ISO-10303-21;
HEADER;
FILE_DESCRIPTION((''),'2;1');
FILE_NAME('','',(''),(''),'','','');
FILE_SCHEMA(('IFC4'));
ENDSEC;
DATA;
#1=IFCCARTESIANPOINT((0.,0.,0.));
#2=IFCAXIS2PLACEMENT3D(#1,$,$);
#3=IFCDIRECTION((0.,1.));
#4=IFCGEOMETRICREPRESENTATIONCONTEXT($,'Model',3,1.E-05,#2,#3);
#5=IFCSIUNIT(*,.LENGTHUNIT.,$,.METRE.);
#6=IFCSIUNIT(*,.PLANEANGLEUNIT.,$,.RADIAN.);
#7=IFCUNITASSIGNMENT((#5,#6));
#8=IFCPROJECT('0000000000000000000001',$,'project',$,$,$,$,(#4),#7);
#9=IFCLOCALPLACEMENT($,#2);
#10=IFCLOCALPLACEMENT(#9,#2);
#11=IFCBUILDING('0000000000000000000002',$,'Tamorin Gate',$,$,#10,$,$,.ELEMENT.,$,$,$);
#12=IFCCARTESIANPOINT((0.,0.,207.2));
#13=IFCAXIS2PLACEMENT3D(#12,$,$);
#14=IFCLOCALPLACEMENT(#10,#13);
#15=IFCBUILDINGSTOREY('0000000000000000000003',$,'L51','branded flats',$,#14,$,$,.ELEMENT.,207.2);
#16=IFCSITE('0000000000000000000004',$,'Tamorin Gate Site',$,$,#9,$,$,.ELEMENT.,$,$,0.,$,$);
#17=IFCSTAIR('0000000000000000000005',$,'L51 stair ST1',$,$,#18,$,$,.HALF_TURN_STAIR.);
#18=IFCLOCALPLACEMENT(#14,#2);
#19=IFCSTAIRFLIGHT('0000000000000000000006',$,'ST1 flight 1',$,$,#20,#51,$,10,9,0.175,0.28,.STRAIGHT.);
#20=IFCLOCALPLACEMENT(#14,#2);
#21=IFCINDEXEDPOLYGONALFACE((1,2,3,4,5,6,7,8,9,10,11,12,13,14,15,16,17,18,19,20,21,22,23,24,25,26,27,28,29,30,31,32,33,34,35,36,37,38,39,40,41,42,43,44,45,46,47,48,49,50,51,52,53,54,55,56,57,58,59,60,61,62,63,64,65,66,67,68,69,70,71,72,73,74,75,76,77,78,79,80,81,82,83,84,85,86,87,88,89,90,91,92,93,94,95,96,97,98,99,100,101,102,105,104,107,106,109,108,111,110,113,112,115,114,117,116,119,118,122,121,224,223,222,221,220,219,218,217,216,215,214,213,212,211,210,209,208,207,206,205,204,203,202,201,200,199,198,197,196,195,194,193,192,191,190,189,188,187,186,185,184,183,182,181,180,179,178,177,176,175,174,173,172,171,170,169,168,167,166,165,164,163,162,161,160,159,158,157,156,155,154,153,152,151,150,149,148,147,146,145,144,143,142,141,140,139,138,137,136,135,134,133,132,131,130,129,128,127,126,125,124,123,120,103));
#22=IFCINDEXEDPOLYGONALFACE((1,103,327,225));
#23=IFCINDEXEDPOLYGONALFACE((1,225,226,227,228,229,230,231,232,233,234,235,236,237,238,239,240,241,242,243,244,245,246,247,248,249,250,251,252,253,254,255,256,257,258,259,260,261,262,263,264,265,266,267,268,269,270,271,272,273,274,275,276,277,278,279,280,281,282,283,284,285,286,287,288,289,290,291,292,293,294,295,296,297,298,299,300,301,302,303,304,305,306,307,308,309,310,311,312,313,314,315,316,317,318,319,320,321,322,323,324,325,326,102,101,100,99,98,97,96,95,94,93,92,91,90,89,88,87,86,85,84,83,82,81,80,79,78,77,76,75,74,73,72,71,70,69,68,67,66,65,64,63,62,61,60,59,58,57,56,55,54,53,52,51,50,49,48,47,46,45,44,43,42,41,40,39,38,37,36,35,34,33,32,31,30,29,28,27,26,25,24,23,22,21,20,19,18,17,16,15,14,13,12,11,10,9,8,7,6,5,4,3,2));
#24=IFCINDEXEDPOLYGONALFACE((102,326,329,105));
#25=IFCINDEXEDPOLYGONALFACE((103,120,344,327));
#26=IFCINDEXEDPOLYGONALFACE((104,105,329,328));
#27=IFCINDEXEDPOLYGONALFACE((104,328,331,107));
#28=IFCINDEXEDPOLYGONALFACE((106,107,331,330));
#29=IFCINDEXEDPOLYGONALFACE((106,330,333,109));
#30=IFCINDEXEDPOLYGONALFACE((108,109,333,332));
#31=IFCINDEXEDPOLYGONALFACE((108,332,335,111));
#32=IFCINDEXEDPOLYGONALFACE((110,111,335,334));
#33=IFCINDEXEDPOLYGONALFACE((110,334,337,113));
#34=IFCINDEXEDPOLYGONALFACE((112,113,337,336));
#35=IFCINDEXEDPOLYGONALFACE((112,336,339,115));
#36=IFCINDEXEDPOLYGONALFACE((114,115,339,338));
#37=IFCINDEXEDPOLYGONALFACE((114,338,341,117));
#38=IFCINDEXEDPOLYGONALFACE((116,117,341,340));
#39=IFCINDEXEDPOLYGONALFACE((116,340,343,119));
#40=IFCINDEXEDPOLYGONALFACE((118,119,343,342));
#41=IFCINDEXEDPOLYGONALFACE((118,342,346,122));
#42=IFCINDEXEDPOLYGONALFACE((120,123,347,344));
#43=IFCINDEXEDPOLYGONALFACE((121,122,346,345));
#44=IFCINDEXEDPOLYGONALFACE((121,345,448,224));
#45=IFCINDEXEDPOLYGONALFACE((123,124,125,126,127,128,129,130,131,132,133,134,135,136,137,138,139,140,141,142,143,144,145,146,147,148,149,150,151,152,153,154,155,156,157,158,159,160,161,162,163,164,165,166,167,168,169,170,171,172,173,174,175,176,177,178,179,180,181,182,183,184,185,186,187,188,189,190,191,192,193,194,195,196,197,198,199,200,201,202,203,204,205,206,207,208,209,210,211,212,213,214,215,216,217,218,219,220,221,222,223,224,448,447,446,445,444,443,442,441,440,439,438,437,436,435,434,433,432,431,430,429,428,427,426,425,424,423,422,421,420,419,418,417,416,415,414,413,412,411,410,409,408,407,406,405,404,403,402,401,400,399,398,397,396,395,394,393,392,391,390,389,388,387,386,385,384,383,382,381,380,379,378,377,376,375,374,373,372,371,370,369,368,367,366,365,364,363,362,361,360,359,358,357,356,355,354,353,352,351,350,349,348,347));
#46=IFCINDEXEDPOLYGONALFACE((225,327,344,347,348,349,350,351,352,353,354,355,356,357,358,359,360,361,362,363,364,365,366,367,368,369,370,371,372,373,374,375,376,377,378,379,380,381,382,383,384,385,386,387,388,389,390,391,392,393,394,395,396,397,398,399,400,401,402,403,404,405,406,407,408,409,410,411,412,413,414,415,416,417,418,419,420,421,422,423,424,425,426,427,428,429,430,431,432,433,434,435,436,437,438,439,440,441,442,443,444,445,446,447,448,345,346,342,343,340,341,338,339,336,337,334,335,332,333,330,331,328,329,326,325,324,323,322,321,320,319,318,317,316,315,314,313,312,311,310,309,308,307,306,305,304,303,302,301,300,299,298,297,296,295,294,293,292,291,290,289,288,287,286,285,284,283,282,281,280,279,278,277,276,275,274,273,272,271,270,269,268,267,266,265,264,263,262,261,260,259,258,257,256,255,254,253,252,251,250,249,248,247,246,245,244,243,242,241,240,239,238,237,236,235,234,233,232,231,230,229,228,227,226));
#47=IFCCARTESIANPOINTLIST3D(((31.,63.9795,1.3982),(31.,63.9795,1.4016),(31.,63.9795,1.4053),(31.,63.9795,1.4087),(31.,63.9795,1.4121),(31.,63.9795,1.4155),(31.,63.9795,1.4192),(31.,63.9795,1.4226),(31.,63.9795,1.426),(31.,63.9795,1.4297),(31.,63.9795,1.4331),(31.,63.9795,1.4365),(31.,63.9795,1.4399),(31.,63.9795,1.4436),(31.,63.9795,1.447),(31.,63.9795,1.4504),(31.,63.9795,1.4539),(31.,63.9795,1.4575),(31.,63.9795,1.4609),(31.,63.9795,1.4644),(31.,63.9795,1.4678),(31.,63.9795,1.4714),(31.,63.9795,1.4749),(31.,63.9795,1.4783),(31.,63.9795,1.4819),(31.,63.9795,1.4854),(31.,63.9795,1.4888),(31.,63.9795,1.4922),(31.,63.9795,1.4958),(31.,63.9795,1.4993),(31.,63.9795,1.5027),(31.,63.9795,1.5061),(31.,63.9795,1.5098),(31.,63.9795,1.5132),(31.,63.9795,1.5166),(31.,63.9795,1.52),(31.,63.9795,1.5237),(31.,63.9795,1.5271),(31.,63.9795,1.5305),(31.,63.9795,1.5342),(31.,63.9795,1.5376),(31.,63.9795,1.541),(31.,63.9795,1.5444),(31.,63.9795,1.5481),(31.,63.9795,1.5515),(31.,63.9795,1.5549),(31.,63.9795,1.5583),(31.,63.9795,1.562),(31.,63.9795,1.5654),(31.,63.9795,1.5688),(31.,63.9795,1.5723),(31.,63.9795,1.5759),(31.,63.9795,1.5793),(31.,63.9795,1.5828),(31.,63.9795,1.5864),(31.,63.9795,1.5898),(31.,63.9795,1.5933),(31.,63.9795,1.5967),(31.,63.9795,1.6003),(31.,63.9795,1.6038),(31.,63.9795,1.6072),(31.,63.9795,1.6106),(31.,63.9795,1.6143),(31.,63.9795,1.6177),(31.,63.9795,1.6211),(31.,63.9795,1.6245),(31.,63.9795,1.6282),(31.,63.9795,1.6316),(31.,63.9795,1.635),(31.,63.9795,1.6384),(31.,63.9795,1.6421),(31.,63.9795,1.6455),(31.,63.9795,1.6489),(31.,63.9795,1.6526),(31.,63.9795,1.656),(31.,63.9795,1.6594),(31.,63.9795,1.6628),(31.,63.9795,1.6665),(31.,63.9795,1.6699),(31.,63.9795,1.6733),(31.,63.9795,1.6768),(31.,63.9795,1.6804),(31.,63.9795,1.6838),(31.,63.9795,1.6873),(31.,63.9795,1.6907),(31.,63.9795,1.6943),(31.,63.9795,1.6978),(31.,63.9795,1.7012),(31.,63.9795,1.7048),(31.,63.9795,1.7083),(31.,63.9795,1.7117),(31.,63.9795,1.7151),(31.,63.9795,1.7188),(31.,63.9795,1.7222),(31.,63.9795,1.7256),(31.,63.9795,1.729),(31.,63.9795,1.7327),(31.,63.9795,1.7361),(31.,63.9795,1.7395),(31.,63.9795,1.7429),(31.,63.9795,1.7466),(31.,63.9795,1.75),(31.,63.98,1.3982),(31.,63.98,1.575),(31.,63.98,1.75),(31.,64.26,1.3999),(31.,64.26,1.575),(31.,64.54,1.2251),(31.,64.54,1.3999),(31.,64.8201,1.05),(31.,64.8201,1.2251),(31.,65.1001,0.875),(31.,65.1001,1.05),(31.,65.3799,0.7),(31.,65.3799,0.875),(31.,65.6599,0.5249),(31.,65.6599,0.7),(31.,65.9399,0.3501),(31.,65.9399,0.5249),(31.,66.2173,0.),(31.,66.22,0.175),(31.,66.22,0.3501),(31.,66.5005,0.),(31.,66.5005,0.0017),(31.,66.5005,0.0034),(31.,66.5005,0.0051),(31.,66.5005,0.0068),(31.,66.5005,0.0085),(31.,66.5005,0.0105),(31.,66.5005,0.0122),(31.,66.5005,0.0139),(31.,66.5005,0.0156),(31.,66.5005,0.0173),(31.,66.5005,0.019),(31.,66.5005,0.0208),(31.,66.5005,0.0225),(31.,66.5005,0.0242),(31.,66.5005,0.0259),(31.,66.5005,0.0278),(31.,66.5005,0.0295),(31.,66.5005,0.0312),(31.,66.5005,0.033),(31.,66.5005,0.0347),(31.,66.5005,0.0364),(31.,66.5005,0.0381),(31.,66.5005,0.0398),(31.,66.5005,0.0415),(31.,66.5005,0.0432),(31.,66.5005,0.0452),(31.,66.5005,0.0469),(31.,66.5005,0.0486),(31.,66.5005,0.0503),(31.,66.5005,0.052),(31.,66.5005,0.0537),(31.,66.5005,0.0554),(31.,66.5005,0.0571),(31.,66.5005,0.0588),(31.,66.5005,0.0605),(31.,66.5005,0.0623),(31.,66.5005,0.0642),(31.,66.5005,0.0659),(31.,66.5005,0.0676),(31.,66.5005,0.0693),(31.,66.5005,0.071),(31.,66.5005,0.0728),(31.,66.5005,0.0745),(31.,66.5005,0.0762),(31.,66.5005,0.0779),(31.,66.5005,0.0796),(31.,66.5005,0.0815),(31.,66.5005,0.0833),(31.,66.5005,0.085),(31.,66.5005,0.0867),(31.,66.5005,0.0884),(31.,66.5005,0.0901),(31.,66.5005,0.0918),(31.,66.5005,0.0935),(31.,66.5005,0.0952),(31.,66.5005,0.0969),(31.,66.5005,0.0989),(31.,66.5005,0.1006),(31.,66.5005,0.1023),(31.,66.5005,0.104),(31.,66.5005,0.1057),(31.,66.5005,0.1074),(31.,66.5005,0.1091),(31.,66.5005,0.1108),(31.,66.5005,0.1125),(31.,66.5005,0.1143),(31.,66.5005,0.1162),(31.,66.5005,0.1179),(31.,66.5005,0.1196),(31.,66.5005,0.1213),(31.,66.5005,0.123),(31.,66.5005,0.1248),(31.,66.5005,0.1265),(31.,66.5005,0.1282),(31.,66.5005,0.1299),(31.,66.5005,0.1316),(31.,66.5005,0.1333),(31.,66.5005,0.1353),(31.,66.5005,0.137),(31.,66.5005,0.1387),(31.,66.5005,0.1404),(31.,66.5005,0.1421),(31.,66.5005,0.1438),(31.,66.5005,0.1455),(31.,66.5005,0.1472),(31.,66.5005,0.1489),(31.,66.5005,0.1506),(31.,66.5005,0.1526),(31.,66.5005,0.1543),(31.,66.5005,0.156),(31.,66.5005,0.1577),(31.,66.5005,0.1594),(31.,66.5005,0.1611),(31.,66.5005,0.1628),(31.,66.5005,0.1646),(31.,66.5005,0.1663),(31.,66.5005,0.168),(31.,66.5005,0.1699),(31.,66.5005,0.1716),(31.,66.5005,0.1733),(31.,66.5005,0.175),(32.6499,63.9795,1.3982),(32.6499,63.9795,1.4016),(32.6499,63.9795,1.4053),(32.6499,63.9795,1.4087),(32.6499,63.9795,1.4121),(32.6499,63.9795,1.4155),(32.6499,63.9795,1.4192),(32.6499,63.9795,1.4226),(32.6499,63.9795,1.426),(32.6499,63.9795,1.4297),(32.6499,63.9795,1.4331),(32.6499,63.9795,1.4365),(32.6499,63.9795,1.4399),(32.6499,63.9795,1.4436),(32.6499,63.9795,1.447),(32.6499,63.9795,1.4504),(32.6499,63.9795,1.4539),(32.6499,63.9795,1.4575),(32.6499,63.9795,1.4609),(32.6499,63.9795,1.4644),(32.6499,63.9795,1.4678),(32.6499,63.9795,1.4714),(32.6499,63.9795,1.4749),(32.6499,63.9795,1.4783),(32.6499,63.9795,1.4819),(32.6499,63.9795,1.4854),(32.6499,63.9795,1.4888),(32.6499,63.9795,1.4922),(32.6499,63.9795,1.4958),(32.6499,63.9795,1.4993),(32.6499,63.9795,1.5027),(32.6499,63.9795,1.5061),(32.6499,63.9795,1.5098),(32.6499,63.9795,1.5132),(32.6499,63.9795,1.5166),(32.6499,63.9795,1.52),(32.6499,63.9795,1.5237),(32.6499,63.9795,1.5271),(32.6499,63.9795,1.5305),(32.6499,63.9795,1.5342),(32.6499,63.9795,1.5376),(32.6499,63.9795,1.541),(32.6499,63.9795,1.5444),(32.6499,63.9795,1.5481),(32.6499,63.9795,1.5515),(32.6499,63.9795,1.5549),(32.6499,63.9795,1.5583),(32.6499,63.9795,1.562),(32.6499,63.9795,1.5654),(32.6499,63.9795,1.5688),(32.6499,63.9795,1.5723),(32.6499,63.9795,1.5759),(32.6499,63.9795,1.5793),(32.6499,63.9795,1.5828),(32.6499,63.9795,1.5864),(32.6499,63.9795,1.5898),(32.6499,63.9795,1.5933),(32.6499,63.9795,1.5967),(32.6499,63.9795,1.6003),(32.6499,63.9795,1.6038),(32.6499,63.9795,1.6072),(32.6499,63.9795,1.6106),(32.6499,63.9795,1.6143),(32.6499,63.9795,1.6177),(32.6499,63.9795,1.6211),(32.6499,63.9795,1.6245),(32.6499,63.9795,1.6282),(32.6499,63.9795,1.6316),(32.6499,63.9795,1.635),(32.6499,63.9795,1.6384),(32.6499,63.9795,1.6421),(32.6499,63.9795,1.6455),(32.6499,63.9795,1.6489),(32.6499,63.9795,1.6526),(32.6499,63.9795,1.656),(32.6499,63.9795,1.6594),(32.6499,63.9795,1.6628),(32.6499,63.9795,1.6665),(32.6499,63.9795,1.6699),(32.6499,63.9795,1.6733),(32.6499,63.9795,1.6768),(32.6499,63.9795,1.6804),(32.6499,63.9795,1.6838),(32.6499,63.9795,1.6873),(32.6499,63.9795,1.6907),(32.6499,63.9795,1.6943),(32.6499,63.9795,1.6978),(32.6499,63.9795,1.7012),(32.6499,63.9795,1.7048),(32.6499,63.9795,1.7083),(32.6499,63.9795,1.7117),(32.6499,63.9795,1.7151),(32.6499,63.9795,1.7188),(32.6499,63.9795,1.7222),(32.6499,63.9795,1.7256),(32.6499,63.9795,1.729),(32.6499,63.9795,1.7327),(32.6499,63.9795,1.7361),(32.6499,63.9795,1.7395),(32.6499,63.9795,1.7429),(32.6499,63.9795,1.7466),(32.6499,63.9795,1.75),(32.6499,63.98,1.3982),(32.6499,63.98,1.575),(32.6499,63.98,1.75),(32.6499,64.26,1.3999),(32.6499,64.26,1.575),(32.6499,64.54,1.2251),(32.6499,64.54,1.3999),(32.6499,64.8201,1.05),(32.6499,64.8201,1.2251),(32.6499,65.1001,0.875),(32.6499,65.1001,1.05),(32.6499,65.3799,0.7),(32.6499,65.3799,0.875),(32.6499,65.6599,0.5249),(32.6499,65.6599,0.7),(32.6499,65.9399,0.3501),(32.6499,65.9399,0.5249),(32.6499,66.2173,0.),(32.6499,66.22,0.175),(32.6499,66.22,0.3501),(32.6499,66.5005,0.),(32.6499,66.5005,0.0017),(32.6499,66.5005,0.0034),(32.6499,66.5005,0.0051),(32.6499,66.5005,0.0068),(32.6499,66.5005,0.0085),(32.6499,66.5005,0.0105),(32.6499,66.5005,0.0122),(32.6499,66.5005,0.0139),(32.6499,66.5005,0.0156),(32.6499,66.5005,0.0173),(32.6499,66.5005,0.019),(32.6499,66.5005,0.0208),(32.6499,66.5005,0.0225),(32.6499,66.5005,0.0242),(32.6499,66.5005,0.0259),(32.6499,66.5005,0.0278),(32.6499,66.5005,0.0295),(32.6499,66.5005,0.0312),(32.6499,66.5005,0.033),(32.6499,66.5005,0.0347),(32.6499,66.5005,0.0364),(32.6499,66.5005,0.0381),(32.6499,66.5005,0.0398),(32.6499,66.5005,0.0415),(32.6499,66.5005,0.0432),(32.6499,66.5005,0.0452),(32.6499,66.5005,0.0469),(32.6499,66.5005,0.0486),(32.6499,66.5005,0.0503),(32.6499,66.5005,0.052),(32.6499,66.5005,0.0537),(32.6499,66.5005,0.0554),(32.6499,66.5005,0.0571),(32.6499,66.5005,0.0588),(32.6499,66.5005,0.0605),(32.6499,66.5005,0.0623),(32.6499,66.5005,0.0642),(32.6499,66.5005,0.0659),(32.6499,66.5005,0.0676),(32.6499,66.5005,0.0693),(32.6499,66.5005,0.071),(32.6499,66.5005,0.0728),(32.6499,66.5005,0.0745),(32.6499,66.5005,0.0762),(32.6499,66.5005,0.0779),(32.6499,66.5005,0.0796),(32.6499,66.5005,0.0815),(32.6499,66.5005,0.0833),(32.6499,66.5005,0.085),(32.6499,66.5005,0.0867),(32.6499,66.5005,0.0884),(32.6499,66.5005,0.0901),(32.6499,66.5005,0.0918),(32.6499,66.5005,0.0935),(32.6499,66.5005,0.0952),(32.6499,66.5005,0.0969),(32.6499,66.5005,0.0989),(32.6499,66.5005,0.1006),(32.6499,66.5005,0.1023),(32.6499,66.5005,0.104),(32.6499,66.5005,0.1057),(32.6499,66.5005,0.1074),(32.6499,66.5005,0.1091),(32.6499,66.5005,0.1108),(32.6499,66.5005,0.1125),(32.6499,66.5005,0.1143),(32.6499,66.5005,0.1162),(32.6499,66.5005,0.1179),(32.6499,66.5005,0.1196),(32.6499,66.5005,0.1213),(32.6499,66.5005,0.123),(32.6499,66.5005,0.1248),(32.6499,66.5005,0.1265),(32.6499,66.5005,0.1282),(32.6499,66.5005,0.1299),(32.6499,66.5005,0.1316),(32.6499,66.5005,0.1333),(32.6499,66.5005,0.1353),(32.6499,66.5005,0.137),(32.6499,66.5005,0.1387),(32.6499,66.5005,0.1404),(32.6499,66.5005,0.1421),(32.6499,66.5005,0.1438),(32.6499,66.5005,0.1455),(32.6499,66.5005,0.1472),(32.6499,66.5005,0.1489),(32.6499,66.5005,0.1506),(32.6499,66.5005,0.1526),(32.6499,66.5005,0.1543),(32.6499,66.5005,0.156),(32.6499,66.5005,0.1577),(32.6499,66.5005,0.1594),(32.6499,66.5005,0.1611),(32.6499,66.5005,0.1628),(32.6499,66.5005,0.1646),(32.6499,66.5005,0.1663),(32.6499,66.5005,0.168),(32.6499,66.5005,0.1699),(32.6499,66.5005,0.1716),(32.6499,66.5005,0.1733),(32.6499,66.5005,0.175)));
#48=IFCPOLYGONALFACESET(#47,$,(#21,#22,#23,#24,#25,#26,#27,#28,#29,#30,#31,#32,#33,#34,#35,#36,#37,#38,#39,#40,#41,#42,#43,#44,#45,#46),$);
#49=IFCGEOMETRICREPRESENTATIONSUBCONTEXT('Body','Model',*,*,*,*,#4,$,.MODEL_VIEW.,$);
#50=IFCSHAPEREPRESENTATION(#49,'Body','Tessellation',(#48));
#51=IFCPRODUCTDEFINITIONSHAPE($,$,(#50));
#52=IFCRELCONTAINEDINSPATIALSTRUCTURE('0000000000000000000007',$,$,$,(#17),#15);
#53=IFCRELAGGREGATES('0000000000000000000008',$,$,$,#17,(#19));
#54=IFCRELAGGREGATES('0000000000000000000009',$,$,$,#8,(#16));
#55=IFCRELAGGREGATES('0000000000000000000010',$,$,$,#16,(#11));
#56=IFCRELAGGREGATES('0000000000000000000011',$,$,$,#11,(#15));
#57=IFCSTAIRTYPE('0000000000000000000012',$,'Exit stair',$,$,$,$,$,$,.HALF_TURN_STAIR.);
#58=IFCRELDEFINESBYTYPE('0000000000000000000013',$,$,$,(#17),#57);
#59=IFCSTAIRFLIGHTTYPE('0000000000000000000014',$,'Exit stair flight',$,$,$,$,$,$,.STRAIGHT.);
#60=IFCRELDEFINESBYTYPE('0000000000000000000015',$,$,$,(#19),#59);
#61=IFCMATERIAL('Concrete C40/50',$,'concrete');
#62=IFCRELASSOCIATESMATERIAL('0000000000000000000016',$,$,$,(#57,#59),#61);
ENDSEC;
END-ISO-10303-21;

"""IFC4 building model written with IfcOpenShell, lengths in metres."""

from ifc_helpers import new_model, si_unit, direction, frame, origin, place, context, subcontext, project, spatial, polyline, outline, extrude, material, type_object, element, aggregate, save


model = new_model("IFC4")

# Units and contexts
model_context = context("Model", 3, precision=1e-05, world=origin(), true_north=direction((0.0, 1.0)))
body_context = subcontext(model_context, "Body", "Model", "MODEL_VIEW")
ifc_project = project(units=[si_unit("LENGTHUNIT", "METRE"), si_unit("PLANEANGLEUNIT", "RADIAN")], contexts=[model_context])

# Site, building, storey
site_placement = place(None, origin())
site = spatial("IfcSite", under=ifc_project, at=site_placement, Name="Tamorin Gate Site", CompositionType="ELEMENT", RefElevation=0.0)
building_placement = place(site_placement, origin())
building = spatial("IfcBuilding", under=site, at=building_placement, Name="Tamorin Gate", CompositionType="ELEMENT")
storey_placement = place(building_placement, frame((0.0, 0.0, 207.2)))
storey = spatial("IfcBuildingStorey", under=building, at=storey_placement, Name="L51", Description="branded flats", CompositionType="ELEMENT", Elevation=207.2)

# Shared definitions
ifc_material_1 = material(Name="Concrete C40/50", Category="concrete")

# Stair, stair flight
stair_type = type_object("IfcStairType", Name="Exit stair", PredefinedType="HALF_TURN_STAIR", material=ifc_material_1)
stair_1_placement = place(storey_placement, origin())
stair_1 = element("IfcStair", 1, at=stair_1_placement, inside=storey, type_object=stair_type, Name="L51 stair ST1", PredefinedType="HALF_TURN_STAIR")
stair_flight_type = type_object("IfcStairFlightType", Name="Exit stair flight", PredefinedType="STRAIGHT", material=ifc_material_1)
stair_flight_1_placement = place(storey_placement, frame((31.825, 66.5, 0.0), z_axis=(0.0, 0.0, 1.0), x_axis=(0.0, -1.0, 0.0)))
stair_flight_1 = element("IfcStairFlight", 2, at=stair_flight_1_placement, type_object=stair_flight_type, Name="ST1 flight 1", NumberOfRisers=10, NumberOfTreads=9, PredefinedType="STRAIGHT", RiserHeight=0.175, TreadLength=0.28, context=body_context, shape_type="SweptSolid", body=[
    extrude(outline(polyline([(-0.0005, 0.0), (-0.0005, 0.0017), (-0.0005, 0.0034), (-0.0005, 0.0051), (-0.0005, 0.0068), (-0.0005, 0.0085), (-0.0005, 0.0105), (-0.0005, 0.0122), (-0.0005, 0.0139), (-0.0005, 0.0156), (-0.0005, 0.0173), (-0.0005, 0.019), (-0.0005, 0.0208), (-0.0005, 0.0225), (-0.0005, 0.0242), (-0.0005, 0.0259), (-0.0005, 0.0278), (-0.0005, 0.0295), (-0.0005, 0.0312), (-0.0005, 0.033), (-0.0005, 0.0347), (-0.0005, 0.0364), (-0.0005, 0.0381), (-0.0005, 0.0398), (-0.0005, 0.0415), (-0.0005, 0.0432), (-0.0005, 0.0452), (-0.0005, 0.0469), (-0.0005, 0.0486), (-0.0005, 0.0503), (-0.0005, 0.052), (-0.0005, 0.0537), (-0.0005, 0.0554), (-0.0005, 0.0571), (-0.0005, 0.0588), (-0.0005, 0.0605), (-0.0005, 0.0623), (-0.0005, 0.0642), (-0.0005, 0.0659), (-0.0005, 0.0676), (-0.0005, 0.0693), (-0.0005, 0.071), (-0.0005, 0.0728), (-0.0005, 0.0745), (-0.0005, 0.0762), (-0.0005, 0.0779), (-0.0005, 0.0796), (-0.0005, 0.0815), (-0.0005, 0.0833), (-0.0005, 0.085), (-0.0005, 0.0867), (-0.0005, 0.0884), (-0.0005, 0.0901), (-0.0005, 0.0918), (-0.0005, 0.0935), (-0.0005, 0.0952), (-0.0005, 0.0969), (-0.0005, 0.0989), (-0.0005, 0.1006), (-0.0005, 0.1023), (-0.0005, 0.104), (-0.0005, 0.1057), (-0.0005, 0.1074), (-0.0005, 0.1091), (-0.0005, 0.1108), (-0.0005, 0.1125), (-0.0005, 0.1143), (-0.0005, 0.1162), (-0.0005, 0.1179), (-0.0005, 0.1196), (-0.0005, 0.1213), (-0.0005, 0.123), (-0.0005, 0.1248), (-0.0005, 0.1265), (-0.0005, 0.1282), (-0.0005, 0.1299), (-0.0005, 0.1316), (-0.0005, 0.1333), (-0.0005, 0.1353), (-0.0005, 0.137), (-0.0005, 0.1387), (-0.0005, 0.1404), (-0.0005, 0.1421), (-0.0005, 0.1438), (-0.0005, 0.1455), (-0.0005, 0.1472), (-0.0005, 0.1489), (-0.0005, 0.1506), (-0.0005, 0.1526), (-0.0005, 0.1543), (-0.0005, 0.156), (-0.0005, 0.1577), (-0.0005, 0.1594), (-0.0005, 0.1611), (-0.0005, 0.1628), (-0.0005, 0.1646), (-0.0005, 0.1663), (-0.0005, 0.168), (-0.0005, 0.1699), (-0.0005, 0.1716), (-0.0005, 0.1733), (-0.0005, 0.175), (0.28, 0.175), (0.28, 0.3501), (0.5601, 0.3501), (0.5601, 0.5249), (0.8401, 0.5249), (0.8401, 0.7), (1.1201, 0.7), (1.1201, 0.875), (1.3999, 0.875), (1.3999, 1.05), (1.6799, 1.05), (1.6799, 1.2251), (1.96, 1.2251), (1.96, 1.3999), (2.24, 1.3999), (2.24, 1.575), (2.52, 1.575), (2.52, 1.75), (2.5205, 1.75), (2.5205, 1.7466), (2.5205, 1.7429), (2.5205, 1.7395), (2.5205, 1.7361), (2.5205, 1.7327), (2.5205, 1.729), (2.5205, 1.7256), (2.5205, 1.7222), (2.5205, 1.7188), (2.5205, 1.7151), (2.5205, 1.7117), (2.5205, 1.7083), (2.5205, 1.7048), (2.5205, 1.7012), (2.5205, 1.6978), (2.5205, 1.6943), (2.5205, 1.6907), (2.5205, 1.6873), (2.5205, 1.6838), (2.5205, 1.6804), (2.5205, 1.6768), (2.5205, 1.6733), (2.5205, 1.6699), (2.5205, 1.6665), (2.5205, 1.6628), (2.5205, 1.6594), (2.5205, 1.656), (2.5205, 1.6526), (2.5205, 1.6489), (2.5205, 1.6455), (2.5205, 1.6421), (2.5205, 1.6384), (2.5205, 1.635), (2.5205, 1.6316), (2.5205, 1.6282), (2.5205, 1.6245), (2.5205, 1.6211), (2.5205, 1.6177), (2.5205, 1.6143), (2.5205, 1.6106), (2.5205, 1.6072), (2.5205, 1.6038), (2.5205, 1.6003), (2.5205, 1.5967), (2.5205, 1.5933), (2.5205, 1.5898), (2.5205, 1.5864), (2.5205, 1.5828), (2.5205, 1.5793), (2.5205, 1.5759), (2.5205, 1.5723), (2.5205, 1.5688), (2.5205, 1.5654), (2.5205, 1.562), (2.5205, 1.5583), (2.5205, 1.5549), (2.5205, 1.5515), (2.5205, 1.5481), (2.5205, 1.5444), (2.5205, 1.541), (2.5205, 1.5376), (2.5205, 1.5342), (2.5205, 1.5305), (2.5205, 1.5271), (2.5205, 1.5237), (2.5205, 1.52), (2.5205, 1.5166), (2.5205, 1.5132), (2.5205, 1.5098), (2.5205, 1.5061), (2.5205, 1.5027), (2.5205, 1.4993), (2.5205, 1.4958), (2.5205, 1.4922), (2.5205, 1.4888), (2.5205, 1.4854), (2.5205, 1.4819), (2.5205, 1.4783), (2.5205, 1.4749), (2.5205, 1.4714), (2.5205, 1.4678), (2.5205, 1.4644), (2.5205, 1.4609), (2.5205, 1.4575), (2.5205, 1.4539), (2.5205, 1.4504), (2.5205, 1.447), (2.5205, 1.4436), (2.5205, 1.4399), (2.5205, 1.4365), (2.5205, 1.4331), (2.5205, 1.4297), (2.5205, 1.426), (2.5205, 1.4226), (2.5205, 1.4192), (2.5205, 1.4155), (2.5205, 1.4121), (2.5205, 1.4087), (2.5205, 1.4053), (2.5205, 1.4016), (2.5205, 1.3982), (2.52, 1.3982), (0.2827, 0.0), (-0.0005, 0.0)])), frame((0.0, 0.825, 0.0), z_axis=(0.0, -1.0, 0.0), x_axis=(1.0, 0.0, 0.0)), (0.0, 0.0, 1.0), 1.6499),
])
aggregate(stair_1, [stair_flight_1])

save(model, "model.ifc")
